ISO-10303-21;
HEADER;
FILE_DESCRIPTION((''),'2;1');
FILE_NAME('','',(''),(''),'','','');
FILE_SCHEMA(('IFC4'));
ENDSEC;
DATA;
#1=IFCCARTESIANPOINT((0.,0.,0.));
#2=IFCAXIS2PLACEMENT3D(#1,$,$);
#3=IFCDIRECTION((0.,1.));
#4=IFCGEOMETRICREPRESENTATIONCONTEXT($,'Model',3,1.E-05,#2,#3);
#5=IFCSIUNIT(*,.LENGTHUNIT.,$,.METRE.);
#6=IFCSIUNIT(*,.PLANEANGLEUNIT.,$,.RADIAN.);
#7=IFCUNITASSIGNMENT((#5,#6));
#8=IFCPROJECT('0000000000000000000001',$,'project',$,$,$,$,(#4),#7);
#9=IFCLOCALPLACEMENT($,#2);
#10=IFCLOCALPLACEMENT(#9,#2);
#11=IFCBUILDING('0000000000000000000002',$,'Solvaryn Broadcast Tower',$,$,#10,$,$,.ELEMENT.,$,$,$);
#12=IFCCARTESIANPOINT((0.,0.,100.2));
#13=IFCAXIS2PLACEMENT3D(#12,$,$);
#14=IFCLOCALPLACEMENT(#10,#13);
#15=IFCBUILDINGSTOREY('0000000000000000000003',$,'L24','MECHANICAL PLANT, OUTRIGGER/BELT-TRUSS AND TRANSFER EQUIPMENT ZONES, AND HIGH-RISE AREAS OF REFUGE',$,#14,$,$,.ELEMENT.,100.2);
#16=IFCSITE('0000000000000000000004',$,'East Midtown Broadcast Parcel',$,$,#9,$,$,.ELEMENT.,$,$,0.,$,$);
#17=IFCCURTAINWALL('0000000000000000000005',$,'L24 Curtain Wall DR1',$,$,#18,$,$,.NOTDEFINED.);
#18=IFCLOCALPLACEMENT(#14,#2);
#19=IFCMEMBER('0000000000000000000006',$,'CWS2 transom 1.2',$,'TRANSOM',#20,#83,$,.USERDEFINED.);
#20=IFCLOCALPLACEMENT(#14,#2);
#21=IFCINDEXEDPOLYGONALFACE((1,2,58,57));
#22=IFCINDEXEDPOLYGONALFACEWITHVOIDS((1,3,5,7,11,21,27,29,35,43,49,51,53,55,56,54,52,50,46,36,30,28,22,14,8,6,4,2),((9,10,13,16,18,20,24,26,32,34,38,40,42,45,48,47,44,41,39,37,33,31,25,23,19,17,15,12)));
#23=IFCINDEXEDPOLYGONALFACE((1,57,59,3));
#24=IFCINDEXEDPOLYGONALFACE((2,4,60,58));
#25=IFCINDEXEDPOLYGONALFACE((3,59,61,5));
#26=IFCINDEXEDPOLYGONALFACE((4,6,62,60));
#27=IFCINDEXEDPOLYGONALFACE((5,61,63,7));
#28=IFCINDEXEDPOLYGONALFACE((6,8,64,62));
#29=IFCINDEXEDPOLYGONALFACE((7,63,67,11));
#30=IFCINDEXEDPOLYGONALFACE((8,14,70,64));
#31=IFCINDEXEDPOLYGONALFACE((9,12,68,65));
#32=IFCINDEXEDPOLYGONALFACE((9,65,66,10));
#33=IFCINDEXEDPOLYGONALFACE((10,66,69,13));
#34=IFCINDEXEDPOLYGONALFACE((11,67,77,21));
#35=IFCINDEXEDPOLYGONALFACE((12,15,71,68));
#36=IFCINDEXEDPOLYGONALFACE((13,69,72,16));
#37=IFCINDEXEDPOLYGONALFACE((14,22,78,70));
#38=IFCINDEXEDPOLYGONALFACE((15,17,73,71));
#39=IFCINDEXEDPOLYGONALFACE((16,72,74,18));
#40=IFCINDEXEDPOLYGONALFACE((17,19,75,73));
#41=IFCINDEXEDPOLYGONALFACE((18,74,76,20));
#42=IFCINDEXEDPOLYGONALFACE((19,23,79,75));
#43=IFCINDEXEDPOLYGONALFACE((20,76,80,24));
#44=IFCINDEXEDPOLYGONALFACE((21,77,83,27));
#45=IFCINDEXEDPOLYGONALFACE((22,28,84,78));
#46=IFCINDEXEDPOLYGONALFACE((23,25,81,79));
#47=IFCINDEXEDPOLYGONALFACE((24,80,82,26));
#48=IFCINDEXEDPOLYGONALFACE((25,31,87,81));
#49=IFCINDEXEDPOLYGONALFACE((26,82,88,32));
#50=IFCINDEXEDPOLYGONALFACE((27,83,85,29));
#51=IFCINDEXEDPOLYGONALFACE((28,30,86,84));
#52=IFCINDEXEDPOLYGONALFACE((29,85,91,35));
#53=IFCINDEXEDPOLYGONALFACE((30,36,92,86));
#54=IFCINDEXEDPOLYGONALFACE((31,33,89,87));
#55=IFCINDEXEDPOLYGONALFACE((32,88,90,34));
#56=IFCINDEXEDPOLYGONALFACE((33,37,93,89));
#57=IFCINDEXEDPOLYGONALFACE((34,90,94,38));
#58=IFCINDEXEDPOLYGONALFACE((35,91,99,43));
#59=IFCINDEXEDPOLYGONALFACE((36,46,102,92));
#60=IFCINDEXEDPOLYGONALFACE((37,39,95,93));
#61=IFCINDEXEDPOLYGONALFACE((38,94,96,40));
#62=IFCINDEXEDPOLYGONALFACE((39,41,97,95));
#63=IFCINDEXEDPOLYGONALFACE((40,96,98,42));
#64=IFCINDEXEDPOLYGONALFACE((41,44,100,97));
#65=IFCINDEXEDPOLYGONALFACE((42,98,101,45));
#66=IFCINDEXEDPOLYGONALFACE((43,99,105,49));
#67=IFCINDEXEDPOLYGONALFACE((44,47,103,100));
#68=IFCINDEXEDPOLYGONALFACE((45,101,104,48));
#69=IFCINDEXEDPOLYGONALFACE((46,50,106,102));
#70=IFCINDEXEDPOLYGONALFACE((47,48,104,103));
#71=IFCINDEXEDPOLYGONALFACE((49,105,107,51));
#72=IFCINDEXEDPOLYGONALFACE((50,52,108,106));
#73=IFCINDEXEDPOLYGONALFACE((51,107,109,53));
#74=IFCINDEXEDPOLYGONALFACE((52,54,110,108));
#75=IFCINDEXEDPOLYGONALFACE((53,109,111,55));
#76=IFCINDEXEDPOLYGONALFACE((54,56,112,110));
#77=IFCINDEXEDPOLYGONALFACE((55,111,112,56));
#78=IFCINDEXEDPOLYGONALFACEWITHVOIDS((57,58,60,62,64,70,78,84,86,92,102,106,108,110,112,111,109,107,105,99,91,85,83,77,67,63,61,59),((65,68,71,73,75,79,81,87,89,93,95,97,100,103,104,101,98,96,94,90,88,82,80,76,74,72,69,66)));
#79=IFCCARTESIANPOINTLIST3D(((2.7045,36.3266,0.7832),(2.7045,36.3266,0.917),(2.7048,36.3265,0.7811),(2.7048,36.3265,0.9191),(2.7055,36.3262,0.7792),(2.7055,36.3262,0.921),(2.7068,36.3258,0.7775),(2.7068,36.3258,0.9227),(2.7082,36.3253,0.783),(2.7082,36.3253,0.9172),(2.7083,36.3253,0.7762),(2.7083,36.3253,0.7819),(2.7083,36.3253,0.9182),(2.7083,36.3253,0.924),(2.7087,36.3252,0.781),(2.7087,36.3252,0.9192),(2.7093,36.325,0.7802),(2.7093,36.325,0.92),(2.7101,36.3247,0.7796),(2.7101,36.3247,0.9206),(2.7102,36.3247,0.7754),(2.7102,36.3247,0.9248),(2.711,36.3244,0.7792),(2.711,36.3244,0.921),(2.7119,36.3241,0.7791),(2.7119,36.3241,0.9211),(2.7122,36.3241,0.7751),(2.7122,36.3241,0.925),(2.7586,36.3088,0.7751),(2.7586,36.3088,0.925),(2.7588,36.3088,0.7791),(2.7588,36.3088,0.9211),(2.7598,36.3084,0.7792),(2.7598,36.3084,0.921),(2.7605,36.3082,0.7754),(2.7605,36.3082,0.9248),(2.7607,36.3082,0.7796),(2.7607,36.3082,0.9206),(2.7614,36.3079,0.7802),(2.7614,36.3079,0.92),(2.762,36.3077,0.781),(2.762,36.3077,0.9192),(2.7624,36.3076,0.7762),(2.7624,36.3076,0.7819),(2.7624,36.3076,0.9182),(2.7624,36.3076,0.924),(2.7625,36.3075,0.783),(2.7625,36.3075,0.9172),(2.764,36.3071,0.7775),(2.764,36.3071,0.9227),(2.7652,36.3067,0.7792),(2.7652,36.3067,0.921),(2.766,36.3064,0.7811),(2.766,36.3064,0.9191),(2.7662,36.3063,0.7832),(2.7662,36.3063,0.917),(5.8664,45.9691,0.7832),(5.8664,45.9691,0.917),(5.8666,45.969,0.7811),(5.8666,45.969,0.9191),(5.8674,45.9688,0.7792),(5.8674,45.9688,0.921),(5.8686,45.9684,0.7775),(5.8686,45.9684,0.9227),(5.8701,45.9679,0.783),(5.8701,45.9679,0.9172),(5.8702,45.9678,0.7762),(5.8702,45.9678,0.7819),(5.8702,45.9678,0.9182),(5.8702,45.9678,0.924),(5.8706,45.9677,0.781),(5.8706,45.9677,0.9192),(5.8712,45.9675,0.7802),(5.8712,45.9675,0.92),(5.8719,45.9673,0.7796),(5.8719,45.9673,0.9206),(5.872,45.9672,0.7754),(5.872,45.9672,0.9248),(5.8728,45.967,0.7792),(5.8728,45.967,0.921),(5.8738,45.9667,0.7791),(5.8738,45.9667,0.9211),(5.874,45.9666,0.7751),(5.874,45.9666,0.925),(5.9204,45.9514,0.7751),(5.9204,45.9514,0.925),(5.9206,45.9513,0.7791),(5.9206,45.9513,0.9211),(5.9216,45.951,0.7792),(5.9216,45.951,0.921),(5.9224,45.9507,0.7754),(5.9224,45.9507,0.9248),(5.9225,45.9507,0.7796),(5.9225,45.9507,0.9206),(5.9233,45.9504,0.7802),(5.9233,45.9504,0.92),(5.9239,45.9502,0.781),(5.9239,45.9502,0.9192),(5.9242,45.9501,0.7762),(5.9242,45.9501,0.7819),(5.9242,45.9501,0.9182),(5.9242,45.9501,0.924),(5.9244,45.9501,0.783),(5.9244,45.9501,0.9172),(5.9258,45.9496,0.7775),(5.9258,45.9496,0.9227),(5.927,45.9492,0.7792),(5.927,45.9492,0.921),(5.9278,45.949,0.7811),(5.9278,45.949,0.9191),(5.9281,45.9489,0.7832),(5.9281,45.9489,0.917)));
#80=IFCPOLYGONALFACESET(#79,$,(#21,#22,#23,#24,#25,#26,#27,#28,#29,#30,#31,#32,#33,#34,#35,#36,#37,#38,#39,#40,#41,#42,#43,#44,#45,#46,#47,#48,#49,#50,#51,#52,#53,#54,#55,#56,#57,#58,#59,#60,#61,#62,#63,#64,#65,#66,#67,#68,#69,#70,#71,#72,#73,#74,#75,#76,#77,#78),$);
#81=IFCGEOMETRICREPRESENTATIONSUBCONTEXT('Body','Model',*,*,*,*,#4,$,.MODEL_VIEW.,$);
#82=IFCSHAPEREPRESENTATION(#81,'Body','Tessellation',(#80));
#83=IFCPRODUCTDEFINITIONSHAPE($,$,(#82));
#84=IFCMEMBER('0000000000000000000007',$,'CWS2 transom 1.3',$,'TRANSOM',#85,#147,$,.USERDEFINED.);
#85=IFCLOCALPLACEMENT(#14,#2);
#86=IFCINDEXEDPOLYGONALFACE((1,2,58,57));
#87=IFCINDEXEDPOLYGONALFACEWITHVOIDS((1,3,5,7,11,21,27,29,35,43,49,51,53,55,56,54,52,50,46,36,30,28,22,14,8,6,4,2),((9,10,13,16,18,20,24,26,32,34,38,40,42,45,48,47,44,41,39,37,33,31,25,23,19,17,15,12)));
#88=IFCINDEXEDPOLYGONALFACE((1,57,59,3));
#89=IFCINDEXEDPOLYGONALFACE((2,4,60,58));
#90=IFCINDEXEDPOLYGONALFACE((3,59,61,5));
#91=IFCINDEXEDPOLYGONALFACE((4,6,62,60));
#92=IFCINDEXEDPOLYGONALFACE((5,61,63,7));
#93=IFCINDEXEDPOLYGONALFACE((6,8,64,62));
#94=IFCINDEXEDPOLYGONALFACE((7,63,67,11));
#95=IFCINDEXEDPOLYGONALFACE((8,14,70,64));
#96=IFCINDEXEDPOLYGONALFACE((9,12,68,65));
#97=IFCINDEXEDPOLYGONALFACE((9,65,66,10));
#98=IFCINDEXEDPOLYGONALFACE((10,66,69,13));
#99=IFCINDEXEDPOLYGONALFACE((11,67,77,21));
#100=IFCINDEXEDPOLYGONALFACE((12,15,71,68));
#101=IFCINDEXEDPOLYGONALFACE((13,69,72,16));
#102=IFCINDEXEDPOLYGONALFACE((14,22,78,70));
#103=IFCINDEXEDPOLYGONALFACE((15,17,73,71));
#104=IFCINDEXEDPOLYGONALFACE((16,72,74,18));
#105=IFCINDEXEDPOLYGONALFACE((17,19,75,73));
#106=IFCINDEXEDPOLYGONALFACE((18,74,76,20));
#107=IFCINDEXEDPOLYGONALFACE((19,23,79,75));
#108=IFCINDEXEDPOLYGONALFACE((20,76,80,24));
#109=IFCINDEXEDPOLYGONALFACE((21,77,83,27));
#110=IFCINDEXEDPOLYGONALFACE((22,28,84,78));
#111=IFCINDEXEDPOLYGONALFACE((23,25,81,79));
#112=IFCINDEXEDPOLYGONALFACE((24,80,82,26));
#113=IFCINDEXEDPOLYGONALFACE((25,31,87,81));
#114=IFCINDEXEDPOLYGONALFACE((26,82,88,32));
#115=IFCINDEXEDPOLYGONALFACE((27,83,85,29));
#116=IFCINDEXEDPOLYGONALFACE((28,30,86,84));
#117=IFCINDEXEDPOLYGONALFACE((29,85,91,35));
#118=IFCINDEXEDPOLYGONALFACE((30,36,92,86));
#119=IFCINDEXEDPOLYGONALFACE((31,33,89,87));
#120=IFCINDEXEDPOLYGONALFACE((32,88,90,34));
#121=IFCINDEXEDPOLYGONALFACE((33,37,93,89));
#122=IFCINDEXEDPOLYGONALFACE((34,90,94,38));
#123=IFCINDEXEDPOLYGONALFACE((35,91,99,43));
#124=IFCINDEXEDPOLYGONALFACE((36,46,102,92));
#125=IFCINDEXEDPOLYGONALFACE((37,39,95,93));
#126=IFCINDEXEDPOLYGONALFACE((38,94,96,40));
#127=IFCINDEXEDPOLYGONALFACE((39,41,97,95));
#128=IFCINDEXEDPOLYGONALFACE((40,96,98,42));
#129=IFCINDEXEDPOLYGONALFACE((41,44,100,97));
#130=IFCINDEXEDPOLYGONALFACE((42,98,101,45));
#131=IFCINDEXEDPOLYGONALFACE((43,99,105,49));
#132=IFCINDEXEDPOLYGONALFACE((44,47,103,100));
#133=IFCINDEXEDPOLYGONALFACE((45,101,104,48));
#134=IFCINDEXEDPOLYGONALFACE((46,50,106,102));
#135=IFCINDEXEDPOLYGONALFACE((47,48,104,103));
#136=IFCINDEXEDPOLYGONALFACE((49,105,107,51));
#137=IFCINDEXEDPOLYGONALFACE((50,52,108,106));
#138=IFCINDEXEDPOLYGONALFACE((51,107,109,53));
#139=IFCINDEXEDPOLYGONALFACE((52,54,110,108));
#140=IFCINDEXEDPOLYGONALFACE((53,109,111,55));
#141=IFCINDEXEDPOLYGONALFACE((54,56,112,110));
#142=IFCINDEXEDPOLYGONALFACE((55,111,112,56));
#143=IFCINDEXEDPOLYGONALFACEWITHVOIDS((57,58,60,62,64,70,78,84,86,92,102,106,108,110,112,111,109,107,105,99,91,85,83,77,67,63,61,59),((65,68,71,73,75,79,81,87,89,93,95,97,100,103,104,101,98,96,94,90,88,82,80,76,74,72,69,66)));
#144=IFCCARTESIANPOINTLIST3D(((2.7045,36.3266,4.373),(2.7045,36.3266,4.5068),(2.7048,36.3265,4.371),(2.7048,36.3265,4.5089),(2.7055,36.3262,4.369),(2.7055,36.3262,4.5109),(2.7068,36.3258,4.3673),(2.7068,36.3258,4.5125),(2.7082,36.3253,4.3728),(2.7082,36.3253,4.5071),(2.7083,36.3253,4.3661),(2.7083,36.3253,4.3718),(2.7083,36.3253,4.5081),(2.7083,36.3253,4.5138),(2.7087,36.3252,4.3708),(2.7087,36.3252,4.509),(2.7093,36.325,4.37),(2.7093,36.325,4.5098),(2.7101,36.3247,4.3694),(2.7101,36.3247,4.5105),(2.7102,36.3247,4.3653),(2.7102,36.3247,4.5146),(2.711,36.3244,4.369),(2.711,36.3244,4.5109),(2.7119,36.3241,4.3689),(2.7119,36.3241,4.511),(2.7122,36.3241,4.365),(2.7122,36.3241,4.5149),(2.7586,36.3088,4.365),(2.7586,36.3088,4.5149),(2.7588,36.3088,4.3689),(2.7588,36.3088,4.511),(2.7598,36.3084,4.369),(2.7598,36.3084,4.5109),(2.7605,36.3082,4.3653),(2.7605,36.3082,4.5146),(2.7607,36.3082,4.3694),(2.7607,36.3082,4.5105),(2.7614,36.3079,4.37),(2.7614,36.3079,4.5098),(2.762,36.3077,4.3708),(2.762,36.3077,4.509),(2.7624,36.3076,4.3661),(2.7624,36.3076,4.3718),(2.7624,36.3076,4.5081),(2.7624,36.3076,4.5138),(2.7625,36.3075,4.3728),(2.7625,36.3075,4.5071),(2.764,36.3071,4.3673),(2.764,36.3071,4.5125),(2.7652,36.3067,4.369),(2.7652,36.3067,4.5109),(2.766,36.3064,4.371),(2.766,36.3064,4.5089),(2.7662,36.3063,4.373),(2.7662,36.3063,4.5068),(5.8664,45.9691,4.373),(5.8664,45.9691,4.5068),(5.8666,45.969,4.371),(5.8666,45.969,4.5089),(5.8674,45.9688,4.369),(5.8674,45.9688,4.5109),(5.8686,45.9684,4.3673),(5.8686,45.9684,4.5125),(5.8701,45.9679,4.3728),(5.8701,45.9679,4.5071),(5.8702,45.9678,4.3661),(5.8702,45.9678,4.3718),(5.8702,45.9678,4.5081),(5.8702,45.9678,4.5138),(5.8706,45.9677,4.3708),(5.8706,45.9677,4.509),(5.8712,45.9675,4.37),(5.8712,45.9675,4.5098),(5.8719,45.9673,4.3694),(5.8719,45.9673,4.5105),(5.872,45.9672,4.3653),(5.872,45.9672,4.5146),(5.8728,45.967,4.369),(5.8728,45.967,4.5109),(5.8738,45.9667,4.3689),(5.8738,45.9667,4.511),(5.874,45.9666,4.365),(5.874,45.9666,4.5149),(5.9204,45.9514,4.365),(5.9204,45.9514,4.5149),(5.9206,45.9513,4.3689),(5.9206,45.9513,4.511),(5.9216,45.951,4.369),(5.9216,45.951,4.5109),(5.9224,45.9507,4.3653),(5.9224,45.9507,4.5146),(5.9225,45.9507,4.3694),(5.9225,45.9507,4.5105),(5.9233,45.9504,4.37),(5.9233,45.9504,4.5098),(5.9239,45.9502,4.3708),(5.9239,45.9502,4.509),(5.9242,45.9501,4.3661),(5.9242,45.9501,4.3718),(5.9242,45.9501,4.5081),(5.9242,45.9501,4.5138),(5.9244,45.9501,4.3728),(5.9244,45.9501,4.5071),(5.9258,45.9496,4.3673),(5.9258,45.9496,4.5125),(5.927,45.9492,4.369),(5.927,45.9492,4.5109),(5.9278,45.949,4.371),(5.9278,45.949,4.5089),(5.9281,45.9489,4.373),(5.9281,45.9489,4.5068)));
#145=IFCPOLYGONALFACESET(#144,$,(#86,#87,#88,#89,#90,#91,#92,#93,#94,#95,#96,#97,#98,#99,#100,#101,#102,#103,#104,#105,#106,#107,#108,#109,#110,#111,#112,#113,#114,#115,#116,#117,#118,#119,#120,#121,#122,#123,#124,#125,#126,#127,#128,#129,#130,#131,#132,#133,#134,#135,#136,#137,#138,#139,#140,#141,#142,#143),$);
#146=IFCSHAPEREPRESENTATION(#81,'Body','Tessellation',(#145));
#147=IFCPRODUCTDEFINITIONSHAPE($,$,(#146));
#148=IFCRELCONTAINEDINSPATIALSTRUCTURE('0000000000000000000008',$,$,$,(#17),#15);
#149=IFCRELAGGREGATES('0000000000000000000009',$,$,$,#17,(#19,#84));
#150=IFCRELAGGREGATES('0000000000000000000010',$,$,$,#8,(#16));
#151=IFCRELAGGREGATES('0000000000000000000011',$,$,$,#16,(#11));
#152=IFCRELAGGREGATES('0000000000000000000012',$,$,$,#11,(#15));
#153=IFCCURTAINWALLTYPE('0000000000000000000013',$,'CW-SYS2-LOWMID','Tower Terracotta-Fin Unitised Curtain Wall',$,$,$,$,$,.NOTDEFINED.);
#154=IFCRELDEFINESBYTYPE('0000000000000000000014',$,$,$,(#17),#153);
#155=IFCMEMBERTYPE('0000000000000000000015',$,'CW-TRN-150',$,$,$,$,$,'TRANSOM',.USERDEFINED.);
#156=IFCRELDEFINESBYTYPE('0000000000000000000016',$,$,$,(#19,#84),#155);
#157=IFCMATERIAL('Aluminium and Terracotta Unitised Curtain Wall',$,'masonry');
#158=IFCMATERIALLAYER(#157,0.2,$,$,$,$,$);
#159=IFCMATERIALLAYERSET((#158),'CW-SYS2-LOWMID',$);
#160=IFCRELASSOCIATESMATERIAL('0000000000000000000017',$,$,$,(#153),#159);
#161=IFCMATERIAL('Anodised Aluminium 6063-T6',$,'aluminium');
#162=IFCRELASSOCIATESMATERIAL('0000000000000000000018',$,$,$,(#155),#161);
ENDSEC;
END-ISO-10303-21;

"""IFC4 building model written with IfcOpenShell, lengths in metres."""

from ifc_helpers import new_model, si_unit, direction, frame, origin, origin_2d, place, context, subcontext, project, spatial, hollow_rectangle, extrude, material, layer, layer_set, material_profile, profile_set, type_object, element, aggregate, save


model = new_model("IFC4")

# Units and contexts
model_context = context("Model", 3, precision=1e-05, world=origin(), true_north=direction((0.0, 1.0)))
body_context = subcontext(model_context, "Body", "Model", "MODEL_VIEW")
ifc_project = project(units=[si_unit("LENGTHUNIT", "METRE"), si_unit("PLANEANGLEUNIT", "RADIAN")], contexts=[model_context])

# Site, building, storey
site_placement = place(None, origin())
site = spatial("IfcSite", under=ifc_project, at=site_placement, Name="East Midtown Broadcast Parcel", CompositionType="ELEMENT", RefElevation=0.0)
building_placement = place(site_placement, origin())
building = spatial("IfcBuilding", under=site, at=building_placement, Name="Solvaryn Broadcast Tower", CompositionType="ELEMENT")
storey_placement = place(building_placement, frame((0.0, 0.0, 100.2)))
storey = spatial("IfcBuildingStorey", under=building, at=storey_placement, Name="L24", Description="MECHANICAL PLANT, OUTRIGGER/BELT-TRUSS AND TRANSFER EQUIPMENT ZONES, AND HIGH-RISE AREAS OF REFUGE", CompositionType="ELEMENT", Elevation=100.2)

# Curtain wall
ifc_material_1 = material(Name="Aluminium and Terracotta Unitised Curtain Wall", Category="masonry")
ifc_layer_1 = layer(ifc_material_1, 0.2)
ifc_layer_set_1 = layer_set([ifc_layer_1], Name="CW-SYS2-LOWMID")
curtain_wall_type = type_object("IfcCurtainWallType", Name="CW-SYS2-LOWMID", Description="Tower Terracotta-Fin Unitised Curtain Wall", PredefinedType="NOTDEFINED", material=ifc_layer_set_1)
curtain_wall_1_placement = place(storey_placement, origin())
curtain_wall_1 = element("IfcCurtainWall", 1, at=curtain_wall_1_placement, inside=storey, type_object=curtain_wall_type, Name="L24 Curtain Wall DR1", PredefinedType="NOTDEFINED")

# Members
ifc_material_2 = material(Name="Anodised Aluminium 6063-T6", Category="aluminium")
ifc_material_profile_1 = material_profile(ifc_material_2, hollow_rectangle(XDim=0.0649, YDim=0.1499, WallThickness=0.0039, InnerFilletRadius=0.0039, OuterFilletRadius=0.0081, at=origin_2d()))
ifc_profile_set_1 = profile_set([ifc_material_profile_1], Name="Anodised Aluminium 6063-T6")
member_type_1 = type_object("IfcMemberType", Name="CW-TRN-150", ElementType="TRANSOM", PredefinedType="USERDEFINED", material=ifc_profile_set_1)
member_1_placement = place(storey_placement, frame((5.8972, 45.959, 0.8501), z_axis=(-0.311583, -0.950219, 0.0), x_axis=(0.950219, -0.311583, 0.0)))
member_1 = element("IfcMember", 2, at=member_1_placement, type_object=member_type_1, Name="CWS2 transom 1.2", ObjectType="TRANSOM", PredefinedType="USERDEFINED", context=body_context, shape_type="SweptSolid", body=[
    extrude(hollow_rectangle(XDim=0.0649, YDim=0.1499, WallThickness=0.0039, InnerFilletRadius=0.0039, OuterFilletRadius=0.0081, at=origin_2d()), origin(), (0.0, 0.0, 1.0), 10.1477),
])
member_2_placement = place(storey_placement, frame((5.8972, 45.959, 4.4399), z_axis=(-0.311583, -0.950219, 0.0), x_axis=(0.950219, -0.311583, 0.0)))
member_2 = element("IfcMember", 3, at=member_2_placement, type_object=member_type_1, Name="CWS2 transom 1.3", ObjectType="TRANSOM", PredefinedType="USERDEFINED", context=body_context, shape_type="SweptSolid", body=[
    extrude(hollow_rectangle(XDim=0.0649, YDim=0.1499, WallThickness=0.0039, InnerFilletRadius=0.0039, OuterFilletRadius=0.0081, at=origin_2d()), origin(), (0.0, 0.0, 1.0), 10.1477),
])

aggregate(curtain_wall_1, [member_1, member_2])

save(model, "model.ifc")
